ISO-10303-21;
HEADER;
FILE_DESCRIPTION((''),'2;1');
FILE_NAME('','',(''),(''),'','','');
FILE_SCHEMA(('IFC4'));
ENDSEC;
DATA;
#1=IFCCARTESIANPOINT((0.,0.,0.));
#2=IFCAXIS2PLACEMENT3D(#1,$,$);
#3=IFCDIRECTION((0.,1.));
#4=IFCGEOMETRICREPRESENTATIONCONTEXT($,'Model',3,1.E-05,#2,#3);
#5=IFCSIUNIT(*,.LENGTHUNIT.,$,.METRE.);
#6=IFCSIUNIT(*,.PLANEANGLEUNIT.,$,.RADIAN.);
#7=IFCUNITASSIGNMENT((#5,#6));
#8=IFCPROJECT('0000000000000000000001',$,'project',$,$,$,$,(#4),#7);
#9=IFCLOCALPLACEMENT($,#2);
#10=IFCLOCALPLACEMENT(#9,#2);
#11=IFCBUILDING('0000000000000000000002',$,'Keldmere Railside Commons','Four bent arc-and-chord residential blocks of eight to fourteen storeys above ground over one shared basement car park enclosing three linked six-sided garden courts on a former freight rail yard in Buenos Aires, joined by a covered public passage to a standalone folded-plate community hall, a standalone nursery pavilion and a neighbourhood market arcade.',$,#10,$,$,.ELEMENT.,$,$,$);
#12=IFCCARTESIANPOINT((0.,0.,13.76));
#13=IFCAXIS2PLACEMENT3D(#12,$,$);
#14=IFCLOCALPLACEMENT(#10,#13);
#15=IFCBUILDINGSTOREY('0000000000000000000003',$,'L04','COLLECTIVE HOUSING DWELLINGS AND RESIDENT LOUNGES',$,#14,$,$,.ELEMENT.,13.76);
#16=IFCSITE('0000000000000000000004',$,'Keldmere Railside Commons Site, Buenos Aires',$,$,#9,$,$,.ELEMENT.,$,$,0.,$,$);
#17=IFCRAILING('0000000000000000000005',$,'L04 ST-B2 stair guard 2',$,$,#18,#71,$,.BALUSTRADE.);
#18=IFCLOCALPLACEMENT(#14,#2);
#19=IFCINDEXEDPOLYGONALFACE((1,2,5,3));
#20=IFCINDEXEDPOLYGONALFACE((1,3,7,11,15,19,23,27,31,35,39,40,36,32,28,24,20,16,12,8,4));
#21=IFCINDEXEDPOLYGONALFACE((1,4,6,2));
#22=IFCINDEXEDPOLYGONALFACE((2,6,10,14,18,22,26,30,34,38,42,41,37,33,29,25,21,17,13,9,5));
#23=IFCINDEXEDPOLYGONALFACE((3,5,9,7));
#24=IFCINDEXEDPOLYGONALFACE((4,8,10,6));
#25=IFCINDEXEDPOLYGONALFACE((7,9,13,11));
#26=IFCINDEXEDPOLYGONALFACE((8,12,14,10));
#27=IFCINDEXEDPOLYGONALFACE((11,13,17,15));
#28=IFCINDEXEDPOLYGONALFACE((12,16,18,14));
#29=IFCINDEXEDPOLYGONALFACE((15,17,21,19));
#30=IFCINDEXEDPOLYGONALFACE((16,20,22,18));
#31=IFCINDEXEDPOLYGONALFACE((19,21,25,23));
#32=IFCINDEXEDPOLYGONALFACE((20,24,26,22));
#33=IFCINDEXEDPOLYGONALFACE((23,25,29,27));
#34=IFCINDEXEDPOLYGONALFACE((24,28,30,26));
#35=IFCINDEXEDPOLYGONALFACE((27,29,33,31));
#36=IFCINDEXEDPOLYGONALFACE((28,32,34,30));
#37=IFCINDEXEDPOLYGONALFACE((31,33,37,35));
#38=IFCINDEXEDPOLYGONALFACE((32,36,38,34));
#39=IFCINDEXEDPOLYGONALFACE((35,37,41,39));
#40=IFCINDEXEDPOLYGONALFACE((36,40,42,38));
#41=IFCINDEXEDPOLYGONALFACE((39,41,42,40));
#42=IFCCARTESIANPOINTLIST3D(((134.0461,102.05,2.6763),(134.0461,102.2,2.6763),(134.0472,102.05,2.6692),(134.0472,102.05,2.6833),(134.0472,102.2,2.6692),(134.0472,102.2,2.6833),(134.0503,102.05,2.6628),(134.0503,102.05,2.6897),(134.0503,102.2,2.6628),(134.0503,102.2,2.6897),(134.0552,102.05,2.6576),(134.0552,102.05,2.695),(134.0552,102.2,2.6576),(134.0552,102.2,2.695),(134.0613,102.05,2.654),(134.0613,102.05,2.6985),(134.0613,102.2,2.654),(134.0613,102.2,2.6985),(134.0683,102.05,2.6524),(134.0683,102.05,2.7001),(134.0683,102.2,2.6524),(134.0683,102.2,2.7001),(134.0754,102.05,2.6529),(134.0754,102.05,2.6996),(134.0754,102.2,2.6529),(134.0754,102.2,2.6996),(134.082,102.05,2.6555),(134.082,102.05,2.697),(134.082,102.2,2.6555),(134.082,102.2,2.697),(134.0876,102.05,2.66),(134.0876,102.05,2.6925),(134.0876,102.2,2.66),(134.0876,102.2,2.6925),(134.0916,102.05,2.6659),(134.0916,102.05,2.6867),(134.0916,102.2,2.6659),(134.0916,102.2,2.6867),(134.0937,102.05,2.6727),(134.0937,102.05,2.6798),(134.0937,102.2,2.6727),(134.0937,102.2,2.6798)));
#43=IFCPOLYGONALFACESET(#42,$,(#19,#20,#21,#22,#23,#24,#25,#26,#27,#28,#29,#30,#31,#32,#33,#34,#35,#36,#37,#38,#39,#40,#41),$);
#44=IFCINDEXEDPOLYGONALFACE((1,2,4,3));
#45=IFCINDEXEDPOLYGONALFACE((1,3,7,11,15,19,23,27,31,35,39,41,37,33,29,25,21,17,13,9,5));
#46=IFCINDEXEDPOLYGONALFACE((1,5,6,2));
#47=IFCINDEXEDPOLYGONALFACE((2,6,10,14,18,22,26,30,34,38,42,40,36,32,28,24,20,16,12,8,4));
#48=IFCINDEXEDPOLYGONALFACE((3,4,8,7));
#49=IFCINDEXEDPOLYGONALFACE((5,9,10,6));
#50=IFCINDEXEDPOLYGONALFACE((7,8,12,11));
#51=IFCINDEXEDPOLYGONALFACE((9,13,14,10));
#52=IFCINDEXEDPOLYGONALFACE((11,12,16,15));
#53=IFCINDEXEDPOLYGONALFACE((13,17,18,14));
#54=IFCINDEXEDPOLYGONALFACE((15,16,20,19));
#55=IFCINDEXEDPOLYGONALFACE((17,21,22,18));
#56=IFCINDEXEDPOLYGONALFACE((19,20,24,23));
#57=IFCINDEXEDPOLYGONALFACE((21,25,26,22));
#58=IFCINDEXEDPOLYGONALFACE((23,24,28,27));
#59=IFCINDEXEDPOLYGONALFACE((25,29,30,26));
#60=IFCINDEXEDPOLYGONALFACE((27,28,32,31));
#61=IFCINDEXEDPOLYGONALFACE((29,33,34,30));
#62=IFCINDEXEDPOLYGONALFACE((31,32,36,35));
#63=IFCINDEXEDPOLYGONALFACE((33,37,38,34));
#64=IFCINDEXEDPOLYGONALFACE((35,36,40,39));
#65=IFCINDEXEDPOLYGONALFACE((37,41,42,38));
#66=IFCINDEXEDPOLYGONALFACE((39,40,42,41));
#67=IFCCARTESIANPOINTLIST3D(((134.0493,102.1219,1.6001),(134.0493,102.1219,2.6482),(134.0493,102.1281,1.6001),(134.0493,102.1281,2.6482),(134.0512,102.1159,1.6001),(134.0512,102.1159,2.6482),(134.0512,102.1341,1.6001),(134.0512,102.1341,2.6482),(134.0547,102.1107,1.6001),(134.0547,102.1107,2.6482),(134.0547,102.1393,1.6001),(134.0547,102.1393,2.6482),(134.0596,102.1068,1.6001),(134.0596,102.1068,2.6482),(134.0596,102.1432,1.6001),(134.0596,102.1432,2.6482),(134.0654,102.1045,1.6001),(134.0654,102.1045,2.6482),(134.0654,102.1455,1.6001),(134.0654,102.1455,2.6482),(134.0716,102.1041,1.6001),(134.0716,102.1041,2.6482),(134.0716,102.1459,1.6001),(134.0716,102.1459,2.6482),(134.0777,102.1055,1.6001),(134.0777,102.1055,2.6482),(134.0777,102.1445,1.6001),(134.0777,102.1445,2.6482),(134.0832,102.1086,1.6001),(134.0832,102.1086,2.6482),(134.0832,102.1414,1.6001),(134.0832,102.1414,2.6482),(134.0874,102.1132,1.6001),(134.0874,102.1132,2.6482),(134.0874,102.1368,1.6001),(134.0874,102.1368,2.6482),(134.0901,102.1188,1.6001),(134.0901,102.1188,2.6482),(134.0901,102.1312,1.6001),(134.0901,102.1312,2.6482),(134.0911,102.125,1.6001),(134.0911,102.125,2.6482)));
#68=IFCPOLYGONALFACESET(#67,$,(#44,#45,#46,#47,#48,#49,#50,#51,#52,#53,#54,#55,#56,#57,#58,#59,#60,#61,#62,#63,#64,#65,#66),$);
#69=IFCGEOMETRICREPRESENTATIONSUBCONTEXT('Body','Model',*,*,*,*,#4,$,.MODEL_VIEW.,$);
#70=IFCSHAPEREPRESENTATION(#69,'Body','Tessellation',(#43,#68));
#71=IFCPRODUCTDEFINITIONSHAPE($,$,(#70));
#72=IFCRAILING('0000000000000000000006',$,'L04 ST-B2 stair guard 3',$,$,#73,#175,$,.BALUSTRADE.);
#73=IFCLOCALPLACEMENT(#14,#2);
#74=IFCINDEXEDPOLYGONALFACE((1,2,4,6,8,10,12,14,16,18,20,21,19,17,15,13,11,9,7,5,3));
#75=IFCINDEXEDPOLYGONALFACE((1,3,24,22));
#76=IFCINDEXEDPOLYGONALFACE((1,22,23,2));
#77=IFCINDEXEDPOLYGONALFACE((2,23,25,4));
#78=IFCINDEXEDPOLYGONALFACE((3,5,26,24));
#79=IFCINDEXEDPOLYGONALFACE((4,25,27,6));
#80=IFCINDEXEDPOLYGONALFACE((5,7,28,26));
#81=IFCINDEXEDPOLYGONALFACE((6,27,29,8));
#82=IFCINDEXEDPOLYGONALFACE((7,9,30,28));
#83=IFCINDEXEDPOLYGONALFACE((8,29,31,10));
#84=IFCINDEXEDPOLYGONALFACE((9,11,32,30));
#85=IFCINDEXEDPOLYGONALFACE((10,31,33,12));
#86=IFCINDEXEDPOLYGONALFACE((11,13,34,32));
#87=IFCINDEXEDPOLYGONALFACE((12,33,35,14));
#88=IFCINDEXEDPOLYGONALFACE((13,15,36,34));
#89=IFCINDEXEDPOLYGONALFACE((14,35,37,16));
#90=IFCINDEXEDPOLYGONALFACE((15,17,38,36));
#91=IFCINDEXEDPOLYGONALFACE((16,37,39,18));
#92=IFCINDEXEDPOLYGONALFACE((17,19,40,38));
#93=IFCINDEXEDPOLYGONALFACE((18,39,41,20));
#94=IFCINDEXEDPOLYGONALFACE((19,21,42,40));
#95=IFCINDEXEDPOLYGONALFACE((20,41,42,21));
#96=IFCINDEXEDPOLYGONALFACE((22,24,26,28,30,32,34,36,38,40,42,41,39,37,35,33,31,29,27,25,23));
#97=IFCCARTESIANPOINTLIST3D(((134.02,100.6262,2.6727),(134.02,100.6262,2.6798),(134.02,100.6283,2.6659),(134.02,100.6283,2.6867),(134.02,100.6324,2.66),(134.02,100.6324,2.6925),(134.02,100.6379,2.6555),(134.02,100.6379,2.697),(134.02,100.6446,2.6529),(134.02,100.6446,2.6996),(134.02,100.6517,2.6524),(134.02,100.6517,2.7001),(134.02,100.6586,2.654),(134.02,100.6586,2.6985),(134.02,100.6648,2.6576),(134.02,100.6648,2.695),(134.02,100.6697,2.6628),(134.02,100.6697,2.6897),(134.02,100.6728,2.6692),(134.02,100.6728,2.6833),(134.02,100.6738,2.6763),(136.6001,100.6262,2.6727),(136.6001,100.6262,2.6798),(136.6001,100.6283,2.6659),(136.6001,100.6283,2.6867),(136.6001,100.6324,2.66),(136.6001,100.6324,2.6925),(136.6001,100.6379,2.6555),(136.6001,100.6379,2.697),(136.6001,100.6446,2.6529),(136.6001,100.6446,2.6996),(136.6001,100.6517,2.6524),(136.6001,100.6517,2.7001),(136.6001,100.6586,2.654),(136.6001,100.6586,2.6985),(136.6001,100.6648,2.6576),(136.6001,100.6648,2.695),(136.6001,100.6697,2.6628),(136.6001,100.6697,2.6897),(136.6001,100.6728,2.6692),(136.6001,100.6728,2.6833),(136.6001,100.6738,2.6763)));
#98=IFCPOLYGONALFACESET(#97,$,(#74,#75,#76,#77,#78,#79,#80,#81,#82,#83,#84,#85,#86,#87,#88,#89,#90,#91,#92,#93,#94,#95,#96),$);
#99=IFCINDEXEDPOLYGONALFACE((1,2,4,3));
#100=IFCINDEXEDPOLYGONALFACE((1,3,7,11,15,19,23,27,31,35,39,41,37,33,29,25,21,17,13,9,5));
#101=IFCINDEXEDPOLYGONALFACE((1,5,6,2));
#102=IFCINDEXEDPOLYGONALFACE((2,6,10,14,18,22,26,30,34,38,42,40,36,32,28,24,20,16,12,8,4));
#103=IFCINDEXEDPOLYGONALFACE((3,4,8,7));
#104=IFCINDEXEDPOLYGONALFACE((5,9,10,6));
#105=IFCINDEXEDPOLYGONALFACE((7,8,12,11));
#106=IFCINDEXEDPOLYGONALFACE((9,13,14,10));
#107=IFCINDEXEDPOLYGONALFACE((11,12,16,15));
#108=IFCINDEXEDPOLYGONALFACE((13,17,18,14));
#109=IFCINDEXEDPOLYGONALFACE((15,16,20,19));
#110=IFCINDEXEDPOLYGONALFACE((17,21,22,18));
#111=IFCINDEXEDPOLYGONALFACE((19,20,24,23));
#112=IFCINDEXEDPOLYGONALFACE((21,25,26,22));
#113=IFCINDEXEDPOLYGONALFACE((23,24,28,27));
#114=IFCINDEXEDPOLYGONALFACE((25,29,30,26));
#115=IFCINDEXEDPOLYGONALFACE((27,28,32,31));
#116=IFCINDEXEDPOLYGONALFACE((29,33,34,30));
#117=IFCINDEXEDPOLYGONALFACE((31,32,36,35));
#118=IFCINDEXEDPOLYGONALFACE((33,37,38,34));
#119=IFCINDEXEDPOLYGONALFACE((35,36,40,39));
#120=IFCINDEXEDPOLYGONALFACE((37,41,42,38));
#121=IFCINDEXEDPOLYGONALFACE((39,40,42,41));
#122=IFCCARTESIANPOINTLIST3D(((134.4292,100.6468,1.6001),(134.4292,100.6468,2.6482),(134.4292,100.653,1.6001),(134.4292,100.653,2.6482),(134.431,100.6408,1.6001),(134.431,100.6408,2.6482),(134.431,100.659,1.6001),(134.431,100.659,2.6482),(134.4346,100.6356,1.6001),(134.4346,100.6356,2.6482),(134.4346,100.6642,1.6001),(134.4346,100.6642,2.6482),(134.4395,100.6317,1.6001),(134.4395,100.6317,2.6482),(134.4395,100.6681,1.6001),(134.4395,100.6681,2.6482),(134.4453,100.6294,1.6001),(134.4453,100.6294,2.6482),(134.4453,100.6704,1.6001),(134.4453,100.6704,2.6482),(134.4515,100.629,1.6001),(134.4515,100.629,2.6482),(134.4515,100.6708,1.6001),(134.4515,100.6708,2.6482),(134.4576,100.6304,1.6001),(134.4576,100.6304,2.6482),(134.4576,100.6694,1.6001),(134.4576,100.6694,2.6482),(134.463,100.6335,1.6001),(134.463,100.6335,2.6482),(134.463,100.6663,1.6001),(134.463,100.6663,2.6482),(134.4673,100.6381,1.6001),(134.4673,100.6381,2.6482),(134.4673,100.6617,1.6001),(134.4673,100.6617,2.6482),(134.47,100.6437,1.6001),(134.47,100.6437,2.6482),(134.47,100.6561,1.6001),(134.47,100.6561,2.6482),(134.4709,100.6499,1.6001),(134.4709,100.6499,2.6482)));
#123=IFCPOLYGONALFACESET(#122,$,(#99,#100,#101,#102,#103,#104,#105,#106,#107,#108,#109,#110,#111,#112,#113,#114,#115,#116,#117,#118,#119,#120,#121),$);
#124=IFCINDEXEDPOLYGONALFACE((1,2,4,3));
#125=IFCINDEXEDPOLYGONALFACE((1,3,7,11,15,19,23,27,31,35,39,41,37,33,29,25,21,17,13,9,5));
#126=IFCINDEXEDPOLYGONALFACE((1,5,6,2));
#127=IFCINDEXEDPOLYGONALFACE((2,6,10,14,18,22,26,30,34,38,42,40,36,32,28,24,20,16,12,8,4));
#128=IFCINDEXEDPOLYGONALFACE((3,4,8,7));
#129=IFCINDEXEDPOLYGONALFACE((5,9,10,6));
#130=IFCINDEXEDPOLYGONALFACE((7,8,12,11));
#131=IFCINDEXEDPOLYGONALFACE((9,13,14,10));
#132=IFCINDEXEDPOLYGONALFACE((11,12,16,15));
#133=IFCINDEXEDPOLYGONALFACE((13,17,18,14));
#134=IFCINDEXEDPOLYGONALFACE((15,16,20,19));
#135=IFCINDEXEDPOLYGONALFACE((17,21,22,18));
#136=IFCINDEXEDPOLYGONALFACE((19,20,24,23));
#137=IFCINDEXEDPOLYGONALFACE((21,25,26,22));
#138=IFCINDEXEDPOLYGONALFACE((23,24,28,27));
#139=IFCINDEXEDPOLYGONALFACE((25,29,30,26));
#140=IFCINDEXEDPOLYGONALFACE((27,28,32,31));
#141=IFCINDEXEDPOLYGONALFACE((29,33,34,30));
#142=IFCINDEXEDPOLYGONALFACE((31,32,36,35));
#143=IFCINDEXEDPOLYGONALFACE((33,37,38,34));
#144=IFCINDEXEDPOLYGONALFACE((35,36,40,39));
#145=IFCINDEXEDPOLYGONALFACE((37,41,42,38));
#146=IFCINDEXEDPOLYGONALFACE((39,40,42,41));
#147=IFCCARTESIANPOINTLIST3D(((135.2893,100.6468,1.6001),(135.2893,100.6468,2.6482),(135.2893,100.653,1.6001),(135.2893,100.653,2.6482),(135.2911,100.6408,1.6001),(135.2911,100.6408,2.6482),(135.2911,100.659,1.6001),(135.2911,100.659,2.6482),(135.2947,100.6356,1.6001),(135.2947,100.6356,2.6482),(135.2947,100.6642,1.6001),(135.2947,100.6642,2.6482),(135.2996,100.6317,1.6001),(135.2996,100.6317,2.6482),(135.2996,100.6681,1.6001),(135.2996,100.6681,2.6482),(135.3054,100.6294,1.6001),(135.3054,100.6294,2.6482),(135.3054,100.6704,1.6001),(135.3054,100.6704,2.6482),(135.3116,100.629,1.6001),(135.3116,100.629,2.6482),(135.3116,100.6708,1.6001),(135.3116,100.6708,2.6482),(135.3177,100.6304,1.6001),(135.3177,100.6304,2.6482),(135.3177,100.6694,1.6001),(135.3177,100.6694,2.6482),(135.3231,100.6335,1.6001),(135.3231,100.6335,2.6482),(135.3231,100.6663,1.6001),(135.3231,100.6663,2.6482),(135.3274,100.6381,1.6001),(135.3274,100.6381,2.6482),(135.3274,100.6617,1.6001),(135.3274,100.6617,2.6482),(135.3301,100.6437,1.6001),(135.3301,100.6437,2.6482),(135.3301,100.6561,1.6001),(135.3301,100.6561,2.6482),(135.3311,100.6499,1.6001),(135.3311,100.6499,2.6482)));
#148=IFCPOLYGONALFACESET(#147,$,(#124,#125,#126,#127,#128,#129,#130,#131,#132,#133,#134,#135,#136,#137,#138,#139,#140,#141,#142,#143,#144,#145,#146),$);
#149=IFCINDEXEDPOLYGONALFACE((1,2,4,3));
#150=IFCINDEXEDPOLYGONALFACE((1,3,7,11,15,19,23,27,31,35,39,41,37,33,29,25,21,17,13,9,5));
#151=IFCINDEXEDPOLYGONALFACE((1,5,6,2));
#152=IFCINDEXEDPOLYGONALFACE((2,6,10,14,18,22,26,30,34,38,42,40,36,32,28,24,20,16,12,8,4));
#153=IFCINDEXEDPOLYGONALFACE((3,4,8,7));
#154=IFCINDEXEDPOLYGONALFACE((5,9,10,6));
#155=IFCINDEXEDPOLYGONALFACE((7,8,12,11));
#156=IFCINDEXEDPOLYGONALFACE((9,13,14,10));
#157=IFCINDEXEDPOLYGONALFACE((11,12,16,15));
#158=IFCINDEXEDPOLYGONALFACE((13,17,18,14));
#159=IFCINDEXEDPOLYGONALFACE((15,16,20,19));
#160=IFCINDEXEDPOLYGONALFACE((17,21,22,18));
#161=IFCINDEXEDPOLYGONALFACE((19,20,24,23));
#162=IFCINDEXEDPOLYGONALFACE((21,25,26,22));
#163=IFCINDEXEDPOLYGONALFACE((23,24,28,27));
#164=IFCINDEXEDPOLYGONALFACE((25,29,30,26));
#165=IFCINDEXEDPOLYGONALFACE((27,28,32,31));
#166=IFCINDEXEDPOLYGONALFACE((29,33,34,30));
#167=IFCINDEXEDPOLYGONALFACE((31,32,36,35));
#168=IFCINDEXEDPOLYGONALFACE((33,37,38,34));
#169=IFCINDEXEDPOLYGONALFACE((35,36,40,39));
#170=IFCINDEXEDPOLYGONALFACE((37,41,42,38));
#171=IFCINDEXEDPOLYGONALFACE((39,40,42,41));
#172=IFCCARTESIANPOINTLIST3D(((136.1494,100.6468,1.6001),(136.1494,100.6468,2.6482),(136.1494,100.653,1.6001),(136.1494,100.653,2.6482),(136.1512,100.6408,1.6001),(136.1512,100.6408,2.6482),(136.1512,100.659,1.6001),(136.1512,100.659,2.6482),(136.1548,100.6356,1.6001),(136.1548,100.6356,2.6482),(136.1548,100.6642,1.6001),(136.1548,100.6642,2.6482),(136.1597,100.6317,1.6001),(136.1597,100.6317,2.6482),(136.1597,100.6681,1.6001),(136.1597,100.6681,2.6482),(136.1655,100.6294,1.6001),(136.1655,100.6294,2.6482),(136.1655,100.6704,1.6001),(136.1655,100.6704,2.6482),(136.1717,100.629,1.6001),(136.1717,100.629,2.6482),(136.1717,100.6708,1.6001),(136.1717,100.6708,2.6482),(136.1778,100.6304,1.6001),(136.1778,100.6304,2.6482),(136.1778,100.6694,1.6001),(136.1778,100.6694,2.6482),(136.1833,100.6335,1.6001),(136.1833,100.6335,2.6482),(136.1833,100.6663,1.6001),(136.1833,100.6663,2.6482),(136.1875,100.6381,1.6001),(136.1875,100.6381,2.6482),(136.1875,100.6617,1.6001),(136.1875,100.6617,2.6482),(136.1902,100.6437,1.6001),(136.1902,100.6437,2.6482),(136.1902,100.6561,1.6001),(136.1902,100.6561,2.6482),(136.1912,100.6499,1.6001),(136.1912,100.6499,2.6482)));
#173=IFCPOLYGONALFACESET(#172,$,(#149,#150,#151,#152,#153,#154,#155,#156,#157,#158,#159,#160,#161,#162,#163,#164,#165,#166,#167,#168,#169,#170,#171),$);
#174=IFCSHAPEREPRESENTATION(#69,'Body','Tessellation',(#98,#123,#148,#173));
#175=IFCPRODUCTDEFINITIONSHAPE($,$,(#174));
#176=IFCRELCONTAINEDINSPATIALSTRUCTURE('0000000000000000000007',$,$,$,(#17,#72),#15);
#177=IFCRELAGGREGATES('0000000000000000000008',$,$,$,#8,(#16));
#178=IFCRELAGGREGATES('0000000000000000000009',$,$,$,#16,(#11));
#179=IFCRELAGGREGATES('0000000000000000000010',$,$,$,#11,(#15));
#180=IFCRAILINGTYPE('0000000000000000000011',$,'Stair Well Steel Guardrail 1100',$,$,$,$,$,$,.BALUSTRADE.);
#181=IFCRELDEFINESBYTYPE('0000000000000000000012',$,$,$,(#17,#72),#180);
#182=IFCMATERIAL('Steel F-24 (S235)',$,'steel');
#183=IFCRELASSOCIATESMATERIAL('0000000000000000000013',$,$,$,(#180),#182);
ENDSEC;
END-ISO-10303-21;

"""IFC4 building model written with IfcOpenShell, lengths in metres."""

from ifc_helpers import new_model, si_unit, direction, frame, origin, origin_2d, place, context, subcontext, project, spatial, circle, extrude, material, type_object, element, save


model = new_model("IFC4")

# Units and contexts
model_context = context("Model", 3, precision=1e-05, world=origin(), true_north=direction((0.0, 1.0)))
body_context = subcontext(model_context, "Body", "Model", "MODEL_VIEW")
ifc_project = project(units=[si_unit("LENGTHUNIT", "METRE"), si_unit("PLANEANGLEUNIT", "RADIAN")], contexts=[model_context])

# Site, building, storey
site_placement = place(None, origin())
site = spatial("IfcSite", under=ifc_project, at=site_placement, Name="Keldmere Railside Commons Site, Buenos Aires", CompositionType="ELEMENT", RefElevation=0.0)
building_placement = place(site_placement, origin())
building = spatial("IfcBuilding", under=site, at=building_placement, Name="Keldmere Railside Commons", Description="Four bent arc-and-chord residential blocks of eight to fourteen storeys above ground over one shared basement car park enclosing three linked six-sided garden courts on a former freight rail yard in Buenos Aires, joined by a covered public passage to a standalone folded-plate community hall, a standalone nursery pavilion and a neighbourhood market arcade.", CompositionType="ELEMENT")
storey_placement = place(building_placement, frame((0.0, 0.0, 13.76)))
storey = spatial("IfcBuildingStorey", under=building, at=storey_placement, Name="L04", Description="COLLECTIVE HOUSING DWELLINGS AND RESIDENT LOUNGES", CompositionType="ELEMENT", Elevation=13.76)

# Railings
ifc_material_1 = material(Name="Steel F-24 (S235)", Category="steel")
railing_type_1 = type_object("IfcRailingType", Name="Stair Well Steel Guardrail 1100", PredefinedType="BALUSTRADE", material=ifc_material_1)
railing_1_placement = place(storey_placement, frame((134.0701, 102.05, 1.6001)))
element("IfcRailing", 1, at=railing_1_placement, inside=storey, type_object=railing_type_1, Name="L04 ST-B2 stair guard 2", PredefinedType="BALUSTRADE", context=body_context, shape_type="SweptSolid", body=[
    extrude(circle(Radius=0.0239, at=origin_2d()), frame((0.0, 0.0, 1.0762), z_axis=(0.0, 1.0, 0.0), x_axis=(-1.0, 0.0, 0.0)), (0.0, 0.0, 1.0), 0.1499),
    extrude(circle(Radius=0.021, at=origin_2d()), frame((0.0, 0.075, 0.0)), (0.0, 0.0, 1.0), 1.0481),
])
for number, where, name in (
    (2, (134.02, 100.6499, 1.6001), "L04 ST-B2 stair guard 3"),
):
    element("IfcRailing", number, at=place(storey_placement, frame(where)), inside=storey, type_object=railing_type_1, Name=name, PredefinedType="BALUSTRADE", context=body_context, shape_type="SweptSolid", body=[
        extrude(circle(Radius=0.0239, at=origin_2d()), frame((0.0, 0.0, 1.0762), z_axis=(1.0, 0.0, 0.0), x_axis=(0.0, 1.0, 0.0)), (0.0, 0.0, 1.0), 2.5801),
        extrude(circle(Radius=0.021, at=origin_2d()), frame((0.4299, 0.0, 0.0)), (0.0, 0.0, 1.0), 1.0481),
        extrude(circle(Radius=0.021, at=origin_2d()), frame((1.29, 0.0, 0.0)), (0.0, 0.0, 1.0), 1.0481),
        extrude(circle(Radius=0.021, at=origin_2d()), frame((2.1501, 0.0, 0.0)), (0.0, 0.0, 1.0), 1.0481),
    ])

save(model, "model.ifc")
